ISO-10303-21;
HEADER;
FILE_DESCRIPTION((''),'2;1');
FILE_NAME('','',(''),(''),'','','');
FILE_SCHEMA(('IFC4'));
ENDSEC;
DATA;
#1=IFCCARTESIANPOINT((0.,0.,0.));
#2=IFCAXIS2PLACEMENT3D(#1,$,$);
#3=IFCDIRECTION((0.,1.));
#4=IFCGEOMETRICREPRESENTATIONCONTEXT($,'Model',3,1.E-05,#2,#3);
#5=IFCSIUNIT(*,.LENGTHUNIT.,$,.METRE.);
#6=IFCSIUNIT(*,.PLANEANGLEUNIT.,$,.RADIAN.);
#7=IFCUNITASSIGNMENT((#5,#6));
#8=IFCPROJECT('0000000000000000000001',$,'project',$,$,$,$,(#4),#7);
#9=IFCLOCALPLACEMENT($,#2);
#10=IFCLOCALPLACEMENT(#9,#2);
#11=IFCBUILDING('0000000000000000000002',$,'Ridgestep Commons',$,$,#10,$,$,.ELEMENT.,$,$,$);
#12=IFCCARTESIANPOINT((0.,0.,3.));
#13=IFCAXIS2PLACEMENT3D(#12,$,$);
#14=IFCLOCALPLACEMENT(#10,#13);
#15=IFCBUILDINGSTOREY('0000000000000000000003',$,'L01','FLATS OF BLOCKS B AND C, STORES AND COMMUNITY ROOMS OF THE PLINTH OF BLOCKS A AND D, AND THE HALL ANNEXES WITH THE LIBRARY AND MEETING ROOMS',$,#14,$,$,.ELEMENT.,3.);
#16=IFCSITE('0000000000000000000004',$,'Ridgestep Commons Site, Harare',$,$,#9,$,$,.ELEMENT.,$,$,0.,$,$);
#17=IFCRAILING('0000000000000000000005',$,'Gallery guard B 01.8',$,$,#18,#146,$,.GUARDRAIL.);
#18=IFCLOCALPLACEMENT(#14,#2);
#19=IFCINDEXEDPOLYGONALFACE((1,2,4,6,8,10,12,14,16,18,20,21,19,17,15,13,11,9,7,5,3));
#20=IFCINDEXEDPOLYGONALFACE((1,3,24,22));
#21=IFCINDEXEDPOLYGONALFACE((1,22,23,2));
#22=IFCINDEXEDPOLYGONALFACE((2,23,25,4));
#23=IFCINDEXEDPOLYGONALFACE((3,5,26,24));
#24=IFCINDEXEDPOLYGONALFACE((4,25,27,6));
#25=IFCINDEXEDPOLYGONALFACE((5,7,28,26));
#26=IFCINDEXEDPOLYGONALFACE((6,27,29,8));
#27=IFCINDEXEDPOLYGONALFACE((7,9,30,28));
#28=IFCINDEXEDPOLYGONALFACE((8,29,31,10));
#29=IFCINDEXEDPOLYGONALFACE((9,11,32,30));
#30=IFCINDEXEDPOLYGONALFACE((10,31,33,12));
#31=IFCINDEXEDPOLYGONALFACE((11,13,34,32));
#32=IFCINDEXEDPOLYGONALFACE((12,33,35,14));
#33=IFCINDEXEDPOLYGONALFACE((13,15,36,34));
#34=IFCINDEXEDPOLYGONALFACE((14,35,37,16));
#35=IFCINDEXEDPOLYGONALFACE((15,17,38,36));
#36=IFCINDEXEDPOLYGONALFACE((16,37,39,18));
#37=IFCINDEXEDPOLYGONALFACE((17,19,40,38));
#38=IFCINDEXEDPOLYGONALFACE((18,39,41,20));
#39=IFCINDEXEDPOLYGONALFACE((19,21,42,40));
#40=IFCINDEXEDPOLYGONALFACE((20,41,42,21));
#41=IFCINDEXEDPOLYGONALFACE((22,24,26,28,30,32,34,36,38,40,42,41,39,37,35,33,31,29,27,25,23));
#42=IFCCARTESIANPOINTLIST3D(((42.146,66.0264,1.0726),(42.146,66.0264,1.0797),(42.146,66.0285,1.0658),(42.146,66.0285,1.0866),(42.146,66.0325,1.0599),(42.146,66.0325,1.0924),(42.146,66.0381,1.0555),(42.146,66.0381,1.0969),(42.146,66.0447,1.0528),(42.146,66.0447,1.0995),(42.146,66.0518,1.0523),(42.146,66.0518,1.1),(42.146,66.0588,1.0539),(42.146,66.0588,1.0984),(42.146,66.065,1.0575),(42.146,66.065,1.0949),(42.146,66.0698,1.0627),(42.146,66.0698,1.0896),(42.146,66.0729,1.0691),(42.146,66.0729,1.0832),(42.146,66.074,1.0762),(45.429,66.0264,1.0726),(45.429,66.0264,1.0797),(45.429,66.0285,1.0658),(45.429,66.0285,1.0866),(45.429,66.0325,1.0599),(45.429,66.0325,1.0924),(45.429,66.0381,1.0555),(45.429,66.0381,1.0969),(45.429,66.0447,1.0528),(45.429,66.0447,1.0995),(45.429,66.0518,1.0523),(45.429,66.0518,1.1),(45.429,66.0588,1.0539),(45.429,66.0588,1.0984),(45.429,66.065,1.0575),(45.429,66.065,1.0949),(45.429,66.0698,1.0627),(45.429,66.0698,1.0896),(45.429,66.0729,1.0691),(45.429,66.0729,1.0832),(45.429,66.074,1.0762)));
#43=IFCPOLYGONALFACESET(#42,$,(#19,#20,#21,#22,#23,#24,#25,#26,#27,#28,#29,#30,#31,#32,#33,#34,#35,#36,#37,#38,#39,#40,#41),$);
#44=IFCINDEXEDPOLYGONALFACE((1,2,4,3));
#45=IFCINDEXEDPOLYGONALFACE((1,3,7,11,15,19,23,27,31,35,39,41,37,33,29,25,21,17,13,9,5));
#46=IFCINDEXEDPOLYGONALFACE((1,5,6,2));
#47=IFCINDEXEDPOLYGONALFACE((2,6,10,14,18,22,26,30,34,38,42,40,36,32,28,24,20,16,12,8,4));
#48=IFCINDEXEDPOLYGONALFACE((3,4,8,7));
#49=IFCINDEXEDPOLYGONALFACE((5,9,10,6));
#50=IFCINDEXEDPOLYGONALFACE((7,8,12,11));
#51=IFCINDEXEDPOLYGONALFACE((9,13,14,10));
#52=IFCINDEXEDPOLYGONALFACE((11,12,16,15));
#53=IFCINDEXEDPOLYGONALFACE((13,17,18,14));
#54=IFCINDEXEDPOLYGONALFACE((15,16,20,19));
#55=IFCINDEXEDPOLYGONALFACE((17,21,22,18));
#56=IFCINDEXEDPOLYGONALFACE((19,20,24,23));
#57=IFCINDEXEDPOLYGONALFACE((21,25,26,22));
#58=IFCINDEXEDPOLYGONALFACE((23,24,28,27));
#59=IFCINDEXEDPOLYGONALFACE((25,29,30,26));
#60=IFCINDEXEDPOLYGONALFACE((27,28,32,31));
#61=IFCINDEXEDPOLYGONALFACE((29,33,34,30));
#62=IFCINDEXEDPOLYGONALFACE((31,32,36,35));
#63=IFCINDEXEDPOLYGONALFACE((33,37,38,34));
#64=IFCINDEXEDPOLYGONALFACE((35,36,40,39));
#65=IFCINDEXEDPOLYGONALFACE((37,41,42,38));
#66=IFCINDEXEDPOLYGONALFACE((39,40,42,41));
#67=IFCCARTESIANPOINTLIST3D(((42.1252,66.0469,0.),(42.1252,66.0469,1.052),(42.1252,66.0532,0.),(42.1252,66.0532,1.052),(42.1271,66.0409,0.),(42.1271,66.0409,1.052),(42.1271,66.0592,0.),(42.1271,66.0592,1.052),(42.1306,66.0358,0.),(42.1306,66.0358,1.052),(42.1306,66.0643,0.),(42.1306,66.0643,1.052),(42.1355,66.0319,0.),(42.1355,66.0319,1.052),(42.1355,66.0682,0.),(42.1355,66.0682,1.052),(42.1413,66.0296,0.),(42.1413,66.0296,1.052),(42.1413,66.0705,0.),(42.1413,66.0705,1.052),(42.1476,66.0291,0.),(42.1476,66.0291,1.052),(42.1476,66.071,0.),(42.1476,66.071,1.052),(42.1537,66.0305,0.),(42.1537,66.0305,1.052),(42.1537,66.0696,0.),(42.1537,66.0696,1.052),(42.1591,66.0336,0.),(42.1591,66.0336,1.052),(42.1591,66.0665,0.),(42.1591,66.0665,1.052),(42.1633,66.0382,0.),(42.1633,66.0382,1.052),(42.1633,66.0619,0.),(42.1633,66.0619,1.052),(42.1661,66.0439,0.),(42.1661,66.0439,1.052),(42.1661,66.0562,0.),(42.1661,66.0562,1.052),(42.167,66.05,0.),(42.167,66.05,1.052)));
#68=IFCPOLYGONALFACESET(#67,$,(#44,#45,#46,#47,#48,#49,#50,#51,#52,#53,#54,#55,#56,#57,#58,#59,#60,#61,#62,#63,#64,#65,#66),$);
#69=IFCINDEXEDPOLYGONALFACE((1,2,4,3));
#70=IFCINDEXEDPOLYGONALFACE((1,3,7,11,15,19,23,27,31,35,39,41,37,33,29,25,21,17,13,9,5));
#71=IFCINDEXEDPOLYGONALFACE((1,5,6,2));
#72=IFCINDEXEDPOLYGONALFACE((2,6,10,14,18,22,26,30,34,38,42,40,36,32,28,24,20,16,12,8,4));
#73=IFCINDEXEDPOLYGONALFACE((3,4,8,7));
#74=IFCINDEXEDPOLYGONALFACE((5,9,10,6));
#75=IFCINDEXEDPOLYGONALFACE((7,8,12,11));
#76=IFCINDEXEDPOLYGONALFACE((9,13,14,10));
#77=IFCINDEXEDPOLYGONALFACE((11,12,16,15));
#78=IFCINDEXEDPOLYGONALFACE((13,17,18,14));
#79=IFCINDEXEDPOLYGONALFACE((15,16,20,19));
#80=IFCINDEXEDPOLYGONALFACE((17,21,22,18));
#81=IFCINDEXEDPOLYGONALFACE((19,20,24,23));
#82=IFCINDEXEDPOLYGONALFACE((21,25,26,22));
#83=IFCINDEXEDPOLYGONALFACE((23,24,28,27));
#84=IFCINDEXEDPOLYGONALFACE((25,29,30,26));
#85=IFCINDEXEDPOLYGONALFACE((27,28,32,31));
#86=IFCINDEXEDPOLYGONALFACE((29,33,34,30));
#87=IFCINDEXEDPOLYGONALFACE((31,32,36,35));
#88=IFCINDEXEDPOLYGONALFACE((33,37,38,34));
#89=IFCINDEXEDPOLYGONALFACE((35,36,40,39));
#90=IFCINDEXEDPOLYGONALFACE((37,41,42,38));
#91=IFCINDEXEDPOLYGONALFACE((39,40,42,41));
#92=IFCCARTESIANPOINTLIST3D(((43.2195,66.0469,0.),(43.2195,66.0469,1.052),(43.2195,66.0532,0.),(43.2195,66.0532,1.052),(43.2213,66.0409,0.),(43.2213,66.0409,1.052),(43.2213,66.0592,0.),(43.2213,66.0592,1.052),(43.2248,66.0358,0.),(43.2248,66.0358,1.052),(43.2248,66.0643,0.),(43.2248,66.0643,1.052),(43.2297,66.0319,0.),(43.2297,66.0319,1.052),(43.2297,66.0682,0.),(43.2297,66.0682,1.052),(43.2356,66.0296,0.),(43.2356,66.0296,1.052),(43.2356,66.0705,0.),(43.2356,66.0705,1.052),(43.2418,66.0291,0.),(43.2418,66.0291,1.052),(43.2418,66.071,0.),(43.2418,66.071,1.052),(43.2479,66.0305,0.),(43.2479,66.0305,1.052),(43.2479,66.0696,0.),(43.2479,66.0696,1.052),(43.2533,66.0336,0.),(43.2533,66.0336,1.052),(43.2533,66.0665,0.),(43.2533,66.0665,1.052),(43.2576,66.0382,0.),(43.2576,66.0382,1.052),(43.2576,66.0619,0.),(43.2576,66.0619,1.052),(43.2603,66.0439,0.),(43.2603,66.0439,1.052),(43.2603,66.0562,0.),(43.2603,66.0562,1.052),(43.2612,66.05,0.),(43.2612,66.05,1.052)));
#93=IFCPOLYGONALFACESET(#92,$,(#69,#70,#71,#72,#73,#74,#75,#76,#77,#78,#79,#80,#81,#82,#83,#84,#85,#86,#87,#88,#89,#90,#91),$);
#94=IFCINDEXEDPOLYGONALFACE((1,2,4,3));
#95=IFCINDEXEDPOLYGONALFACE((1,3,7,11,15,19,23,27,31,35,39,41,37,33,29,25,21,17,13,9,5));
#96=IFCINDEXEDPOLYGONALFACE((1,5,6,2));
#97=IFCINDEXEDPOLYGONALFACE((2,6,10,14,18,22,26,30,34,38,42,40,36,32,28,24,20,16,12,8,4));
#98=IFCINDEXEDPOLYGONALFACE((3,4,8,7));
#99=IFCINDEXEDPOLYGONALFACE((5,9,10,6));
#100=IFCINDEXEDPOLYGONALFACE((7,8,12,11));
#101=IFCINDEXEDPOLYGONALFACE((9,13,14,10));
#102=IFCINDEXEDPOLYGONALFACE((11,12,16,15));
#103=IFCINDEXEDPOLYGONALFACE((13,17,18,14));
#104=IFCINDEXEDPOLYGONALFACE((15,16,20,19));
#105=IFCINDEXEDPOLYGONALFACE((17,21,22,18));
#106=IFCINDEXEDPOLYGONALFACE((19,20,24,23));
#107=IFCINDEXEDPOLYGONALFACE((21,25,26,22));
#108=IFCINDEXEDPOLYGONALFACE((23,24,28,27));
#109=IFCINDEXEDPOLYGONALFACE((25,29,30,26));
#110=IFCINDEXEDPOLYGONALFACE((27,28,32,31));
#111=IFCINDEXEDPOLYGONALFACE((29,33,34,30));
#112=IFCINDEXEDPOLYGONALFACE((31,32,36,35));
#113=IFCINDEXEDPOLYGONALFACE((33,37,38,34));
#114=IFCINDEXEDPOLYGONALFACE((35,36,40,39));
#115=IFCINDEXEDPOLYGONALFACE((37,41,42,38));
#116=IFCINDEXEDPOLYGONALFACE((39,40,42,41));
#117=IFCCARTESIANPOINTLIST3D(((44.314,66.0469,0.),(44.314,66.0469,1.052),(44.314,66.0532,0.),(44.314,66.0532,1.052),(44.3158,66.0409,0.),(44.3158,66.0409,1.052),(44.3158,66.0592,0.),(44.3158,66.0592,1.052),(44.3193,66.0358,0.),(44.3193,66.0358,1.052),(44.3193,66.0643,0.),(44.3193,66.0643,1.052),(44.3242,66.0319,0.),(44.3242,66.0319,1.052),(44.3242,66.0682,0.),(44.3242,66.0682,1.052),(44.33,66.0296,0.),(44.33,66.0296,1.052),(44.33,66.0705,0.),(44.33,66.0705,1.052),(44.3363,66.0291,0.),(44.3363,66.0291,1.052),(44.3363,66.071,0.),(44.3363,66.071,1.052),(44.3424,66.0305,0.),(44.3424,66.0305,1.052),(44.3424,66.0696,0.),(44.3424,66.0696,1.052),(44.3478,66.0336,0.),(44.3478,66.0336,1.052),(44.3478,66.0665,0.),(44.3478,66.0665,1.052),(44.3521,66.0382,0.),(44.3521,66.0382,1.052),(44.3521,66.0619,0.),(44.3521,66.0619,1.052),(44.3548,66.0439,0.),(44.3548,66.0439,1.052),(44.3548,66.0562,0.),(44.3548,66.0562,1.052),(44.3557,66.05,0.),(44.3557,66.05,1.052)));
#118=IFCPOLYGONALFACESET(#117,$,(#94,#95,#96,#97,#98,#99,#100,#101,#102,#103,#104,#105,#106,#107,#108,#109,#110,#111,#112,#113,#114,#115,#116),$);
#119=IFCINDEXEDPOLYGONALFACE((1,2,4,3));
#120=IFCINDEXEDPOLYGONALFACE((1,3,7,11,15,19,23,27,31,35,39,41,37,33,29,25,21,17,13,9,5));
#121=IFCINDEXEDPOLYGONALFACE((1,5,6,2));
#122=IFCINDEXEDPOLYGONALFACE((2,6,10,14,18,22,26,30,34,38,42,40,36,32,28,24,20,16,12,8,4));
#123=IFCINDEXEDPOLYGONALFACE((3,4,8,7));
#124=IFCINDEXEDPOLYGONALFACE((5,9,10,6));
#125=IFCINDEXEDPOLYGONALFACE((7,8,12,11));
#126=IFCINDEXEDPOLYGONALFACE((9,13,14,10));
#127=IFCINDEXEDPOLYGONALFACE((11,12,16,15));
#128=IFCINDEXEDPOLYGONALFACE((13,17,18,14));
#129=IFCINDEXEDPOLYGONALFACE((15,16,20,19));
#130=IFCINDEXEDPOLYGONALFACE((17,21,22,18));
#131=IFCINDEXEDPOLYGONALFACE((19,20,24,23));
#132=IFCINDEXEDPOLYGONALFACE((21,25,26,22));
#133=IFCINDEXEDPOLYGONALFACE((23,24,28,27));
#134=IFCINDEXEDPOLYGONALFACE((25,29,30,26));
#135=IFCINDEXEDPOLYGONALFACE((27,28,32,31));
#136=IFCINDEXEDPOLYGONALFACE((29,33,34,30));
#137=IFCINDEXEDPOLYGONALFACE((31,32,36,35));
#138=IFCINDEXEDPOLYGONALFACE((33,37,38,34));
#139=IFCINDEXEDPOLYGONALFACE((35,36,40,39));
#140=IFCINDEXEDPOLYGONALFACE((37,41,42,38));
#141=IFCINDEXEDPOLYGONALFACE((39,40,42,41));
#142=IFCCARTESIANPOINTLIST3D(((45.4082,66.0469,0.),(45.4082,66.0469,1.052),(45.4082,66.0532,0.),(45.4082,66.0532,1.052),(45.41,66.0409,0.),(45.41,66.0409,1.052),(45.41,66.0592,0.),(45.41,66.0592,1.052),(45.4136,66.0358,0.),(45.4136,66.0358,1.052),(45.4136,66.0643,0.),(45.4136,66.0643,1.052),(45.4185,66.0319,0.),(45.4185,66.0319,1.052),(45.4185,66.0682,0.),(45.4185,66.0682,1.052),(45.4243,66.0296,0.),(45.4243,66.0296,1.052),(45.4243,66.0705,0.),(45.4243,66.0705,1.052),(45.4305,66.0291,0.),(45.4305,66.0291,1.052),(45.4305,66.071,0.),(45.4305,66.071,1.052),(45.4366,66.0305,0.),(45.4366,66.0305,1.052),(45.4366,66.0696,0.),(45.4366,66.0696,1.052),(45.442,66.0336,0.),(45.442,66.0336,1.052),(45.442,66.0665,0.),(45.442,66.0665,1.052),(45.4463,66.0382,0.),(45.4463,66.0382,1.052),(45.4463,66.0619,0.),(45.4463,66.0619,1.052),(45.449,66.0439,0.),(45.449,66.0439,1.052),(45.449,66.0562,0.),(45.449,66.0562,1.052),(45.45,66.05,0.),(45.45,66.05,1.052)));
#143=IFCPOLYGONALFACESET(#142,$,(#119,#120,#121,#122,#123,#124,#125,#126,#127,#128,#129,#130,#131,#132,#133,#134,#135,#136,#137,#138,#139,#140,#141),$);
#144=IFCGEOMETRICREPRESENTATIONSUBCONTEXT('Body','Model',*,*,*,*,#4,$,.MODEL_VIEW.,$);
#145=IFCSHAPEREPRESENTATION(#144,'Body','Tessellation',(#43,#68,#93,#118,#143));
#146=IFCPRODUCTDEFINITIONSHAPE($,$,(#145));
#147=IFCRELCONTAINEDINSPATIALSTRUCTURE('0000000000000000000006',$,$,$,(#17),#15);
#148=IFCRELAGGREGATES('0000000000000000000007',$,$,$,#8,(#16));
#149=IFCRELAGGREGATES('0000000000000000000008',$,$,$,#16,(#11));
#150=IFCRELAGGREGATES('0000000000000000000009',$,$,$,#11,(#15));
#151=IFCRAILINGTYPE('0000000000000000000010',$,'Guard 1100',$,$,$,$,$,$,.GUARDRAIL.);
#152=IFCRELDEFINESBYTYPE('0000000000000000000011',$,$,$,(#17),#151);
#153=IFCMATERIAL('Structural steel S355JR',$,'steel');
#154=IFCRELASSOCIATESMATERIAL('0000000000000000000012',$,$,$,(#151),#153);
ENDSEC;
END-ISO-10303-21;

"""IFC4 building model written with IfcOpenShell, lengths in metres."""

from ifc_helpers import new_model, si_unit, direction, frame, origin, origin_2d, place, context, subcontext, project, spatial, circle, extrude, material, type_object, element, save


model = new_model("IFC4")

# Units and contexts
model_context = context("Model", 3, precision=1e-05, world=origin(), true_north=direction((0.0, 1.0)))
body_context = subcontext(model_context, "Body", "Model", "MODEL_VIEW")
ifc_project = project(units=[si_unit("LENGTHUNIT", "METRE"), si_unit("PLANEANGLEUNIT", "RADIAN")], contexts=[model_context])

# Site, building, storey
site_placement = place(None, origin())
site = spatial("IfcSite", under=ifc_project, at=site_placement, Name="Ridgestep Commons Site, Harare", CompositionType="ELEMENT", RefElevation=0.0)
building_placement = place(site_placement, origin())
building = spatial("IfcBuilding", under=site, at=building_placement, Name="Ridgestep Commons", CompositionType="ELEMENT")
storey_placement = place(building_placement, frame((0.0, 0.0, 3.0)))
storey = spatial("IfcBuildingStorey", under=building, at=storey_placement, Name="L01", Description="FLATS OF BLOCKS B AND C, STORES AND COMMUNITY ROOMS OF THE PLINTH OF BLOCKS A AND D, AND THE HALL ANNEXES WITH THE LIBRARY AND MEETING ROOMS", CompositionType="ELEMENT", Elevation=3.0)

# Railing
ifc_material_1 = material(Name="Structural steel S355JR", Category="steel")
railing_type = type_object("IfcRailingType", Name="Guard 1100", PredefinedType="GUARDRAIL", material=ifc_material_1)
railing_1_placement = place(storey_placement, frame((42.146, 66.05, 0.0)))
element("IfcRailing", 1, at=railing_1_placement, inside=storey, type_object=railing_type, Name="Gallery guard B 01.8", PredefinedType="GUARDRAIL", context=body_context, shape_type="SweptSolid", body=[
    extrude(circle(Radius=0.0239, at=origin_2d()), frame((0.0, 0.0, 1.0762), z_axis=(1.0, 0.0, 0.0), x_axis=(0.0, 1.0, 0.0)), (0.0, 0.0, 1.0), 3.283),
    extrude(circle(Radius=0.021, at=origin_2d()), origin(), (0.0, 0.0, 1.0), 1.052),
    extrude(circle(Radius=0.021, at=origin_2d()), frame((1.0942, 0.0, 0.0)), (0.0, 0.0, 1.0), 1.052),
    extrude(circle(Radius=0.021, at=origin_2d()), frame((2.1887, 0.0, 0.0)), (0.0, 0.0, 1.0), 1.052),
    extrude(circle(Radius=0.021, at=origin_2d()), frame((3.283, 0.0, 0.0)), (0.0, 0.0, 1.0), 1.052),
])

save(model, "model.ifc")
